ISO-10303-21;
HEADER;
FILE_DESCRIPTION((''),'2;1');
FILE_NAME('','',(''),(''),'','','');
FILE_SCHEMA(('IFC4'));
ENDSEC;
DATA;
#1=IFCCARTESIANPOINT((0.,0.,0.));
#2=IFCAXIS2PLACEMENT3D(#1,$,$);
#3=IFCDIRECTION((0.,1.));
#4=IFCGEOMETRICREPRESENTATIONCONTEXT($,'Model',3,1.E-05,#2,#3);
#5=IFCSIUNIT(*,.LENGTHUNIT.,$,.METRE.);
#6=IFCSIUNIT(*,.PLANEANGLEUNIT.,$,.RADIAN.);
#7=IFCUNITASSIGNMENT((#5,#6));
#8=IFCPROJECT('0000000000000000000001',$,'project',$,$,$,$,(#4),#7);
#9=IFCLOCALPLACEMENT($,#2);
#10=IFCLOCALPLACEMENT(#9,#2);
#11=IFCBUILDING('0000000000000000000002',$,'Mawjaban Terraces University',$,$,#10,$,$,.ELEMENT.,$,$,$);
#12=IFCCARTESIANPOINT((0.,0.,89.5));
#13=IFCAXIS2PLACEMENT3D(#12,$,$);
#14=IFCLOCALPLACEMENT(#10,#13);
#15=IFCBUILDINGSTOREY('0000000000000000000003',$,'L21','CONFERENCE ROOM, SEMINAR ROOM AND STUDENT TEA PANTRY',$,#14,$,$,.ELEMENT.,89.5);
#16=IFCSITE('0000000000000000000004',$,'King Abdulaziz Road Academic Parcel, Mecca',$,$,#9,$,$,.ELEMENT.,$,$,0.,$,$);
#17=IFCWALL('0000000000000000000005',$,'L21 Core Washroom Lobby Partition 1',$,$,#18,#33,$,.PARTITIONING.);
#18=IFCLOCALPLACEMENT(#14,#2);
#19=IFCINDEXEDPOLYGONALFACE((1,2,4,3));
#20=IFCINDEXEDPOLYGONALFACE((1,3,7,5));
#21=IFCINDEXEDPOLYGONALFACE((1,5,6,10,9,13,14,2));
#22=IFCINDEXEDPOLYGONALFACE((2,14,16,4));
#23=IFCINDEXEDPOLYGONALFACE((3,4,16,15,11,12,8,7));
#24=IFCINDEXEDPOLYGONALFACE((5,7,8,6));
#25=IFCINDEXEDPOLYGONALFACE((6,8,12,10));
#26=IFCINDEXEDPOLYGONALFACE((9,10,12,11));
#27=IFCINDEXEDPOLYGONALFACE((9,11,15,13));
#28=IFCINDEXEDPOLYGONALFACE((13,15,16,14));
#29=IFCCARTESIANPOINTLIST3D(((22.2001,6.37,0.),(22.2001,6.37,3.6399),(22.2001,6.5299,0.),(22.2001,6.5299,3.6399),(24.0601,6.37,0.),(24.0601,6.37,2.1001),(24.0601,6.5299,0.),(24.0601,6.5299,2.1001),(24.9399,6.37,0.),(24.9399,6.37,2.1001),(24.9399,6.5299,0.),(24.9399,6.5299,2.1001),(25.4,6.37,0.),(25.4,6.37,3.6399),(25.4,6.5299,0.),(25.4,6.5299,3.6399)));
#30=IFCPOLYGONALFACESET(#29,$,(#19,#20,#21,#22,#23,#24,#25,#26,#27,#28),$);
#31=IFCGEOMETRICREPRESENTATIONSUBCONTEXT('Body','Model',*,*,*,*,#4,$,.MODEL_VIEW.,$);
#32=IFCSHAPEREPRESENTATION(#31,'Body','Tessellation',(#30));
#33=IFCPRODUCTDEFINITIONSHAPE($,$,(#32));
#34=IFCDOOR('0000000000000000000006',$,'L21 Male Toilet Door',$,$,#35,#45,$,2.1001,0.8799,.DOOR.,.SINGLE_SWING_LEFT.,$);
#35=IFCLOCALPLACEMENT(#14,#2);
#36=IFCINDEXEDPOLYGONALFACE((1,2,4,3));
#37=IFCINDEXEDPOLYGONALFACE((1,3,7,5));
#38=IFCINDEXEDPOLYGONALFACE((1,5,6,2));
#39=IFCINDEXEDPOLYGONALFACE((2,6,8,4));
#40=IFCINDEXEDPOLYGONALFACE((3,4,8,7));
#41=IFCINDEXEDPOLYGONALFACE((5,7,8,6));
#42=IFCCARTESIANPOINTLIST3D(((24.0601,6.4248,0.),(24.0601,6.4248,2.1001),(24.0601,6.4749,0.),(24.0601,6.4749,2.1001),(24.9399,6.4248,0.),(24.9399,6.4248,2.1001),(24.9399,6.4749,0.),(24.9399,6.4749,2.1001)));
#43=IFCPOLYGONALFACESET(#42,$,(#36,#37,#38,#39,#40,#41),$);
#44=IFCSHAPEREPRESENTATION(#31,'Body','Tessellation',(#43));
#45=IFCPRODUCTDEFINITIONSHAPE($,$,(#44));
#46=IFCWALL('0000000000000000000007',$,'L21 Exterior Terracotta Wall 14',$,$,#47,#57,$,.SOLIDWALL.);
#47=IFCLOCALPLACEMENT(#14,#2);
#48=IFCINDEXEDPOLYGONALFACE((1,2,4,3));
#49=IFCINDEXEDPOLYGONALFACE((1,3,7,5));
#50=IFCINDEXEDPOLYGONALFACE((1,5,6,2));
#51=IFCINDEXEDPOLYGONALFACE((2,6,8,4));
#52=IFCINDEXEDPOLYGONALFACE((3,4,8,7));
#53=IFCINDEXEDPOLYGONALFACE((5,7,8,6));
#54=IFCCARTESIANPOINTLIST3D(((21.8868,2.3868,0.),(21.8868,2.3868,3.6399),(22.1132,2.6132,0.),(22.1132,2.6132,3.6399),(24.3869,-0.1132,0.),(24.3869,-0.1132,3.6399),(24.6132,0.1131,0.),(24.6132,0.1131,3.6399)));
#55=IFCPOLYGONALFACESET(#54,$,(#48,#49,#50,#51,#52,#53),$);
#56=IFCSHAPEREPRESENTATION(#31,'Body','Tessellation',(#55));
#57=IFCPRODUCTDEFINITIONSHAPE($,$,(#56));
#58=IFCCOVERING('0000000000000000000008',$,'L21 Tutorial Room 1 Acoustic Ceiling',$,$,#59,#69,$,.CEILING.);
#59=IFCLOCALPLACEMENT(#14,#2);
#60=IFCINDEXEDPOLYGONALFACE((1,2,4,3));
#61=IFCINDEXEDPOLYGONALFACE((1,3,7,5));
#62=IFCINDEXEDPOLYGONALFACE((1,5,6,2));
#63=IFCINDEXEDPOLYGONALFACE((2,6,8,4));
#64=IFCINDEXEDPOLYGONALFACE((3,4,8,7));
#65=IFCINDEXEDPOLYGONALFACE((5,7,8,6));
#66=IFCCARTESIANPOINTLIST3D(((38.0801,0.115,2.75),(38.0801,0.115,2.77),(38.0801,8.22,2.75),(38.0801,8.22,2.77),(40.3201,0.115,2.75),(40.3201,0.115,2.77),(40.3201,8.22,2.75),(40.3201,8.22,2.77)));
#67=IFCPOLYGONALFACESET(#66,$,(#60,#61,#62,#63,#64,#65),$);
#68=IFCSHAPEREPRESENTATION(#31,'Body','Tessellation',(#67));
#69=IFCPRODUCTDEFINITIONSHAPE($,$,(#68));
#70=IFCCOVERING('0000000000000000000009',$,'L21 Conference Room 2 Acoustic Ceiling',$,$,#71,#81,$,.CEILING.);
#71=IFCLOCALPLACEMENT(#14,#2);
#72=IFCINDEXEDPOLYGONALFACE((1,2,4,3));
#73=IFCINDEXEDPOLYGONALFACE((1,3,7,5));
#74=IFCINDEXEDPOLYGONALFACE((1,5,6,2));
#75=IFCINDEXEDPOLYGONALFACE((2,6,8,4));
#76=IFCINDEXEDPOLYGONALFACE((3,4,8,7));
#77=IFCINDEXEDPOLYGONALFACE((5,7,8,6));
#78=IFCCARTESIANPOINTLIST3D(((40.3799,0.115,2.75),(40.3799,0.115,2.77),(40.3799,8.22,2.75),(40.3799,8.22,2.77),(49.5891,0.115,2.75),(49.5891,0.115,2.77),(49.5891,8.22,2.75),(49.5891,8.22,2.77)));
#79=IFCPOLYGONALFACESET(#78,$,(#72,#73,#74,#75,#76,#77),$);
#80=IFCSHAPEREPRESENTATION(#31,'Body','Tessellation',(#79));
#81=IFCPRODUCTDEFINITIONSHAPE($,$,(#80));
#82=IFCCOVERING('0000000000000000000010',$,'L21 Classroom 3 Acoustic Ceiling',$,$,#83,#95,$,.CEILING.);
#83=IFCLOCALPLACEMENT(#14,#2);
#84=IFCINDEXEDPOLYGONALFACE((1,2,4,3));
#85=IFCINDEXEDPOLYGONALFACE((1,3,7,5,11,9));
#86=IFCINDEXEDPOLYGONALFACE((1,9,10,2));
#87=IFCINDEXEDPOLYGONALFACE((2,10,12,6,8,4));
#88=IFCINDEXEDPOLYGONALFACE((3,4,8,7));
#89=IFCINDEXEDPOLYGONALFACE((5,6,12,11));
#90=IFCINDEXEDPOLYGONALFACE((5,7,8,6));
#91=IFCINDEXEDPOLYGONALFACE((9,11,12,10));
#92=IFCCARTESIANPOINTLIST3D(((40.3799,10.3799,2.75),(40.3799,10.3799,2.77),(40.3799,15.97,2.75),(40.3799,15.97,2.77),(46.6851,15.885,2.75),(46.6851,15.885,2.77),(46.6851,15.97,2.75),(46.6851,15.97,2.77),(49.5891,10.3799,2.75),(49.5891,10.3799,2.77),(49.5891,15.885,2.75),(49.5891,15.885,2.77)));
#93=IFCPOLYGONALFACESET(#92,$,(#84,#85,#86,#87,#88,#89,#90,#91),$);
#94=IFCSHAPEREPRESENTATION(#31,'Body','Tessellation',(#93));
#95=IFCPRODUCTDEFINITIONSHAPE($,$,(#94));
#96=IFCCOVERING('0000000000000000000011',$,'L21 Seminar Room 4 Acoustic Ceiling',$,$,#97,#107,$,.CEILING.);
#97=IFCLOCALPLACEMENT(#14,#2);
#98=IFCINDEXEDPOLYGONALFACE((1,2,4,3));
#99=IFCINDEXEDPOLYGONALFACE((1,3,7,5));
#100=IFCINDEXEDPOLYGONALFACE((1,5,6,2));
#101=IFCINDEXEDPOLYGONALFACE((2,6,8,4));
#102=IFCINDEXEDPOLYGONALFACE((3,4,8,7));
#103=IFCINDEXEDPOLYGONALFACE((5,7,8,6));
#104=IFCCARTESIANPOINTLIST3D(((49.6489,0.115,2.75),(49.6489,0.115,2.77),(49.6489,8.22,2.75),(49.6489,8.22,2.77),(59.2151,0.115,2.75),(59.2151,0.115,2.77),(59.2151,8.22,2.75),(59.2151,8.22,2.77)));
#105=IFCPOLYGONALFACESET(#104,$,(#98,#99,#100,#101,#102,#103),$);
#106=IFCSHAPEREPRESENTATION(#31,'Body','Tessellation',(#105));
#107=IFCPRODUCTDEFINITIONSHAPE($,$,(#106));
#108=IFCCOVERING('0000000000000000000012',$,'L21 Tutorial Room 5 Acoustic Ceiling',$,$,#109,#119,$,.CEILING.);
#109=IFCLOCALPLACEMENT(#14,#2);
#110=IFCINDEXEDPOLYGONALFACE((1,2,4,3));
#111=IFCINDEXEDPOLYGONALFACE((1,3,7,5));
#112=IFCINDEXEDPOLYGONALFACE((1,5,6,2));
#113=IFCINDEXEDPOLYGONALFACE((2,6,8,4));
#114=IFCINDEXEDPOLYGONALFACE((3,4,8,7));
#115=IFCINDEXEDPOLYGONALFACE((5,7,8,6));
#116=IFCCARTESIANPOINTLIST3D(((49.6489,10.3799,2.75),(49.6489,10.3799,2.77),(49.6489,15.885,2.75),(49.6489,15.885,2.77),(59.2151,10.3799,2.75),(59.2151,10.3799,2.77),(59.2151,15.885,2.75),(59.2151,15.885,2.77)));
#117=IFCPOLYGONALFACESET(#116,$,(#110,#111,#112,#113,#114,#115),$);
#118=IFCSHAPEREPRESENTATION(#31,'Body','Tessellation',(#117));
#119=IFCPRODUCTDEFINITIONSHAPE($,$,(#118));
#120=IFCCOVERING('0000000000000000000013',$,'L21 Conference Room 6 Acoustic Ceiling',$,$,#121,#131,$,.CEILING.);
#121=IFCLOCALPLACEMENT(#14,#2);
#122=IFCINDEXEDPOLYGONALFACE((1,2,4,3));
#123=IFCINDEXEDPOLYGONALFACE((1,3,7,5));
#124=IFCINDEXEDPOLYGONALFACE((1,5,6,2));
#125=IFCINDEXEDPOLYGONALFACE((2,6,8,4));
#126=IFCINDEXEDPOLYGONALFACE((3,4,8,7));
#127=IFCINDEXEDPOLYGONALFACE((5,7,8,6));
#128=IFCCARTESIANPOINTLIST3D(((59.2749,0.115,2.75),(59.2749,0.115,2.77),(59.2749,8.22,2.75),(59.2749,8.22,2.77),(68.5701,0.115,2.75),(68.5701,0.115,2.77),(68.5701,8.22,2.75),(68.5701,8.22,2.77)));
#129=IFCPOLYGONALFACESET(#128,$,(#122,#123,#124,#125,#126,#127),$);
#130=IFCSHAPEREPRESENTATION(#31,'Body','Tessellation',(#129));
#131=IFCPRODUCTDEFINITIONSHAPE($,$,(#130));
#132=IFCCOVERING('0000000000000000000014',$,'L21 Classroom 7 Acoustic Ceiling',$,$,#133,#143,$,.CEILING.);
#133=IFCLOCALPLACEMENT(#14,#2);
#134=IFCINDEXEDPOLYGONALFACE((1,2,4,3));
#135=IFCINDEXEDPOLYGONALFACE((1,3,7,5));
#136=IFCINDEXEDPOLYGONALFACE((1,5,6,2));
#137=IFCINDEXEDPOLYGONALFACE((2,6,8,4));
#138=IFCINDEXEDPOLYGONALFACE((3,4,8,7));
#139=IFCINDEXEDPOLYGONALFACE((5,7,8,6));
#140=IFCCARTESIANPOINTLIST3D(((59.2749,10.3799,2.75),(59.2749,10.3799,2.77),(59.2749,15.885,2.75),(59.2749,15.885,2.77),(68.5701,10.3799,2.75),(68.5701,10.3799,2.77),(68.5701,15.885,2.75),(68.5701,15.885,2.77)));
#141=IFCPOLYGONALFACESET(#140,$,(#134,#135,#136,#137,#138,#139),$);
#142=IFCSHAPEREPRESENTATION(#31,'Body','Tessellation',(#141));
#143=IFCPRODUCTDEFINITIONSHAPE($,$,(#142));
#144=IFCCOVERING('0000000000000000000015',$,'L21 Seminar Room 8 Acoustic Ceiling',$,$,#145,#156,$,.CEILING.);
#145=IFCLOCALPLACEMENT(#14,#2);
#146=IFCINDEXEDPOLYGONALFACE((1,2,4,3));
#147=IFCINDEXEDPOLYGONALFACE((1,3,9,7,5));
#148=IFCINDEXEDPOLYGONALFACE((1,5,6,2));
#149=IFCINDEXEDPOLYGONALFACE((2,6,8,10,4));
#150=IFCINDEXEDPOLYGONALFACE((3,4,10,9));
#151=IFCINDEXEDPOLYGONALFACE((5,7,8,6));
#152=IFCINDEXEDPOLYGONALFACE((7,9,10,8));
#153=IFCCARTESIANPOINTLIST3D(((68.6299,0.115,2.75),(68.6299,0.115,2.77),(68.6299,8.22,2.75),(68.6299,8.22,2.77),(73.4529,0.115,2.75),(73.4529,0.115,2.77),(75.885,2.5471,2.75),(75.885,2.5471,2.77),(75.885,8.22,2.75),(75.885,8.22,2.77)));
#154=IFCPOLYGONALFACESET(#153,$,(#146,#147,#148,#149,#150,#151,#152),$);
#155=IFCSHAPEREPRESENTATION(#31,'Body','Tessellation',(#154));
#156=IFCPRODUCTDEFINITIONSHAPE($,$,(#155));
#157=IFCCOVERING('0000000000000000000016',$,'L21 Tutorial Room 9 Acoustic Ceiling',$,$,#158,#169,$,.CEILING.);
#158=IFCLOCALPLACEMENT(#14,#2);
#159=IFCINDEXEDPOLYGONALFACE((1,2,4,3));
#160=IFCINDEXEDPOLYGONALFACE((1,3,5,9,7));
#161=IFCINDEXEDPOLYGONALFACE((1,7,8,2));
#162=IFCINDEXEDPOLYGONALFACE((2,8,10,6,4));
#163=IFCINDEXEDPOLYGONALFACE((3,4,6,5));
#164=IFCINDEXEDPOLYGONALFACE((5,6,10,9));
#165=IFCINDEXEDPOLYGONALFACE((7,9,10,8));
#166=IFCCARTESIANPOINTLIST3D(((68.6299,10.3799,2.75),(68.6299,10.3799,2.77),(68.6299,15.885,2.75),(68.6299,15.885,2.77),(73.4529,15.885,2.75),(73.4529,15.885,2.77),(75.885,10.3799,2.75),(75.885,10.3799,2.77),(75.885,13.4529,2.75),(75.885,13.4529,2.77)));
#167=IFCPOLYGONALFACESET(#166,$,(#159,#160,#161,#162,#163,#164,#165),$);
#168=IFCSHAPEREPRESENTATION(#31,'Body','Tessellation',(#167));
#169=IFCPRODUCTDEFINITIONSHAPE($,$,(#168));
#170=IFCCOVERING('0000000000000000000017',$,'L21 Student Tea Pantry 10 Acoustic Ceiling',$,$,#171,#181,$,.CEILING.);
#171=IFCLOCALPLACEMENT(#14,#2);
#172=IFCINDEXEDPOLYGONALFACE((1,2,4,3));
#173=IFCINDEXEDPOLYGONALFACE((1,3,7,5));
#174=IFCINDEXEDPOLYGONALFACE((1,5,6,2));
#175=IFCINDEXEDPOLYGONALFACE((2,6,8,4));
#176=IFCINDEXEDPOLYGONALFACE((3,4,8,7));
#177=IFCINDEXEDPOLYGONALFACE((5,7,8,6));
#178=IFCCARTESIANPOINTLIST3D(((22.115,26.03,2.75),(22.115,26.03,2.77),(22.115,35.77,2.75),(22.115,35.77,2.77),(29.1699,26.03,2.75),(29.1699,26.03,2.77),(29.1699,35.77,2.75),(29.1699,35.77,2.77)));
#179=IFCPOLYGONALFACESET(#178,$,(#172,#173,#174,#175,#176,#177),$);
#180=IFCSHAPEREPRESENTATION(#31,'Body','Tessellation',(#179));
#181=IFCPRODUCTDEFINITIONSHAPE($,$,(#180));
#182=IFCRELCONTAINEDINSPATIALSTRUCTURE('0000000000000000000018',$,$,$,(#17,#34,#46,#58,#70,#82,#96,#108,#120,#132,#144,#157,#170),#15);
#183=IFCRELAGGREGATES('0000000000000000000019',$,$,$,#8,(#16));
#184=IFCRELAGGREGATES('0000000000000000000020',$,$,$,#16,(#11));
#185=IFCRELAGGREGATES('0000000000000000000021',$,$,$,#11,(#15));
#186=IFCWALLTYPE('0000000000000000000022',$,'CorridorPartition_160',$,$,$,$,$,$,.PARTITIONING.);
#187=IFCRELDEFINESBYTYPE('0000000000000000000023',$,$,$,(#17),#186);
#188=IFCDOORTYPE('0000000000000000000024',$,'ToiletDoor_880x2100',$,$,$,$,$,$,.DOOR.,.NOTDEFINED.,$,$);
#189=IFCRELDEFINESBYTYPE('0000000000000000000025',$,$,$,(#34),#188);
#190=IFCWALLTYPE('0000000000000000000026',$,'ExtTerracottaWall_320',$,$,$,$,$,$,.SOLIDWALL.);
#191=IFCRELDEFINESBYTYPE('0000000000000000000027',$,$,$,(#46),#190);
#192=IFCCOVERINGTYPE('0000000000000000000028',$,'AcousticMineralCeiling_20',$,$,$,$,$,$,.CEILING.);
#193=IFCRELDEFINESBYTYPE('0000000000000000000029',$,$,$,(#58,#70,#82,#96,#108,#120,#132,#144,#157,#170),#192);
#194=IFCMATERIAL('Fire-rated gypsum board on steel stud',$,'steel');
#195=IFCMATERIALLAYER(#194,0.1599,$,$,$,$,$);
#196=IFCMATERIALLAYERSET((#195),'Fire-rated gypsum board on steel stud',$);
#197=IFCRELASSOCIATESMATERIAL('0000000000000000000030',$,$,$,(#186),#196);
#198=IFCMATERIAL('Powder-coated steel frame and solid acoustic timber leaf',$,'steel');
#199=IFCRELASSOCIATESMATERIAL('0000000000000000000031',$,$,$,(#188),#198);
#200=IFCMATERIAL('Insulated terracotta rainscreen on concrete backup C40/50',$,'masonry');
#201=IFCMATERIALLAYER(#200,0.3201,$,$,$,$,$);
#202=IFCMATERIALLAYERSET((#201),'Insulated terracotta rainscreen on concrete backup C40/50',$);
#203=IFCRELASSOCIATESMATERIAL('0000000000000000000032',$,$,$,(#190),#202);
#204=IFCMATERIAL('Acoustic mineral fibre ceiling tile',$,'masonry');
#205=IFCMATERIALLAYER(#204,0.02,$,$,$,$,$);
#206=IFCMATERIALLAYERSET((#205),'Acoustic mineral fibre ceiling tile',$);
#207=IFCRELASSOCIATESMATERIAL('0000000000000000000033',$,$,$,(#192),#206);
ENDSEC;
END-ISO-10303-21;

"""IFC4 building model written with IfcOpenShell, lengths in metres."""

from ifc_helpers import new_model, si_unit, direction, frame, frame_2d, origin, place, context, subcontext, project, spatial, polyline, rectangle, outline, extrude, material, layer, layer_set, type_object, element, fill, save


model = new_model("IFC4")

# Units and contexts
model_context = context("Model", 3, precision=1e-05, world=origin(), true_north=direction((0.0, 1.0)))
body_context = subcontext(model_context, "Body", "Model", "MODEL_VIEW")
ifc_project = project(units=[si_unit("LENGTHUNIT", "METRE"), si_unit("PLANEANGLEUNIT", "RADIAN")], contexts=[model_context])

# Site, building, storey
site_placement = place(None, origin())
site = spatial("IfcSite", under=ifc_project, at=site_placement, Name="King Abdulaziz Road Academic Parcel, Mecca", CompositionType="ELEMENT", RefElevation=0.0)
building_placement = place(site_placement, origin())
building = spatial("IfcBuilding", under=site, at=building_placement, Name="Mawjaban Terraces University", CompositionType="ELEMENT")
storey_placement = place(building_placement, frame((0.0, 0.0, 89.5)))
storey = spatial("IfcBuildingStorey", under=building, at=storey_placement, Name="L21", Description="CONFERENCE ROOM, SEMINAR ROOM AND STUDENT TEA PANTRY", CompositionType="ELEMENT", Elevation=89.5)

# Wall, opening, door
ifc_material_1 = material(Name="Fire-rated gypsum board on steel stud", Category="steel")
ifc_layer_1 = layer(ifc_material_1, 0.1599)
ifc_layer_set_1 = layer_set([ifc_layer_1], Name="Fire-rated gypsum board on steel stud")
wall_type_1 = type_object("IfcWallType", Name="CorridorPartition_160", PredefinedType="PARTITIONING", material=ifc_layer_set_1)
wall_1_placement = place(storey_placement, frame((22.2, 6.45, 0.0), z_axis=(0.0, 0.0, 1.0), x_axis=(1.0, 0.0, 0.0)))
wall_1 = element("IfcWall", 1, at=wall_1_placement, inside=storey, type_object=wall_type_1, Name="L21 Core Washroom Lobby Partition 1", PredefinedType="PARTITIONING", context=body_context, shape_type="SweptSolid", body=[
    extrude(rectangle(XDim=3.2, YDim=0.1599, at=frame_2d((1.6001, 0.0))), origin(), (0.0, 0.0, 1.0), 3.6399),
])
opening_placement = place(wall_1_placement, frame((1.8601, 0.0, 0.0)))
opening = element("IfcOpeningElement", 2, at=opening_placement, cuts=wall_1, PredefinedType="OPENING", context=body_context, shape_type="SweptSolid", body=[
    extrude(rectangle(XDim=0.8799, YDim=2.1001, at=frame_2d((0.4399, 1.05))), frame((0.0, 0.0898, 0.0), z_axis=(0.0, -1.0, 0.0), x_axis=(1.0, 0.0, 0.0)), (0.0, 0.0, 1.0), 0.1799),
])
ifc_material_2 = material(Name="Powder-coated steel frame and solid acoustic timber leaf", Category="steel")
door_type = type_object("IfcDoorType", Name="ToiletDoor_880x2100", OperationType="NOTDEFINED", PredefinedType="DOOR", material=ifc_material_2)
door_placement = place(opening_placement, origin())
door = element("IfcDoor", 3, at=door_placement, inside=storey, type_object=door_type, Name="L21 Male Toilet Door", OperationType="SINGLE_SWING_LEFT", OverallHeight=2.1001, OverallWidth=0.8799, PredefinedType="DOOR", context=body_context, shape_type="SweptSolid", body=[
    extrude(rectangle(XDim=0.8799, YDim=2.1001, at=frame_2d((0.4399, 1.05))), frame((0.0, 0.0249, 0.0), z_axis=(0.0, -1.0, 0.0), x_axis=(1.0, 0.0, 0.0)), (0.0, 0.0, 1.0), 0.05),
])
fill(opening, door)

# Wall
ifc_material_3 = material(Name="Insulated terracotta rainscreen on concrete backup C40/50", Category="masonry")
ifc_layer_2 = layer(ifc_material_3, 0.3201)
ifc_layer_set_2 = layer_set([ifc_layer_2], Name="Insulated terracotta rainscreen on concrete backup C40/50")
wall_type_2 = type_object("IfcWallType", Name="ExtTerracottaWall_320", PredefinedType="SOLIDWALL", material=ifc_layer_set_2)
wall_2_placement = place(storey_placement, frame((22.0, 2.5, 0.0), z_axis=(0.0, 0.0, 1.0), x_axis=(0.707107, -0.707107, 0.0)))
element("IfcWall", 4, at=wall_2_placement, inside=storey, type_object=wall_type_2, Name="L21 Exterior Terracotta Wall 14", PredefinedType="SOLIDWALL", context=body_context, shape_type="SweptSolid", body=[
    extrude(rectangle(XDim=3.5356, YDim=0.3201, at=frame_2d((1.7678, 0.0))), origin(), (0.0, 0.0, 1.0), 3.6399),
])

# Coverings
ifc_material_4 = material(Name="Acoustic mineral fibre ceiling tile", Category="masonry")
ifc_layer_3 = layer(ifc_material_4, 0.02)
ifc_layer_set_3 = layer_set([ifc_layer_3], Name="Acoustic mineral fibre ceiling tile")
covering_type_1 = type_object("IfcCoveringType", Name="AcousticMineralCeiling_20", PredefinedType="CEILING", material=ifc_layer_set_3)
covering_1_placement = place(storey_placement, frame((0.0, 0.0, 2.75)))
element("IfcCovering", 5, at=covering_1_placement, inside=storey, type_object=covering_type_1, Name="L21 Tutorial Room 1 Acoustic Ceiling", PredefinedType="CEILING", context=body_context, shape_type="SweptSolid", body=[
    extrude(outline(polyline([(38.0801, 0.115), (40.3201, 0.115), (40.3201, 8.22), (38.0801, 8.22), (38.0801, 0.115)])), origin(), (0.0, 0.0, 1.0), 0.02),
])
covering_2_placement = place(storey_placement, frame((0.0, 0.0, 2.75)))
element("IfcCovering", 6, at=covering_2_placement, inside=storey, type_object=covering_type_1, Name="L21 Conference Room 2 Acoustic Ceiling", PredefinedType="CEILING", context=body_context, shape_type="SweptSolid", body=[
    extrude(outline(polyline([(40.3799, 0.115), (49.5891, 0.115), (49.5891, 8.22), (40.3799, 8.22), (40.3799, 0.115)])), origin(), (0.0, 0.0, 1.0), 0.02),
])
covering_3_placement = place(storey_placement, frame((0.0, 0.0, 2.75)))
element("IfcCovering", 7, at=covering_3_placement, inside=storey, type_object=covering_type_1, Name="L21 Classroom 3 Acoustic Ceiling", PredefinedType="CEILING", context=body_context, shape_type="SweptSolid", body=[
    extrude(outline(polyline([(49.5891, 15.885), (46.6851, 15.885), (46.6851, 15.97), (40.3799, 15.97), (40.3799, 10.3799), (49.5891, 10.3799), (49.5891, 15.885)])), origin(), (0.0, 0.0, 1.0), 0.02),
])
covering_4_placement = place(storey_placement, frame((0.0, 0.0, 2.75)))
element("IfcCovering", 8, at=covering_4_placement, inside=storey, type_object=covering_type_1, Name="L21 Seminar Room 4 Acoustic Ceiling", PredefinedType="CEILING", context=body_context, shape_type="SweptSolid", body=[
    extrude(outline(polyline([(49.6489, 0.115), (59.2151, 0.115), (59.2151, 8.22), (49.6489, 8.22), (49.6489, 0.115)])), origin(), (0.0, 0.0, 1.0), 0.02),
])
covering_5_placement = place(storey_placement, frame((0.0, 0.0, 2.75)))
element("IfcCovering", 9, at=covering_5_placement, inside=storey, type_object=covering_type_1, Name="L21 Tutorial Room 5 Acoustic Ceiling", PredefinedType="CEILING", context=body_context, shape_type="SweptSolid", body=[
    extrude(outline(polyline([(59.2151, 15.885), (49.6489, 15.885), (49.6489, 10.3799), (59.2151, 10.3799), (59.2151, 15.885)])), origin(), (0.0, 0.0, 1.0), 0.02),
])
covering_6_placement = place(storey_placement, frame((0.0, 0.0, 2.75)))
element("IfcCovering", 10, at=covering_6_placement, inside=storey, type_object=covering_type_1, Name="L21 Conference Room 6 Acoustic Ceiling", PredefinedType="CEILING", context=body_context, shape_type="SweptSolid", body=[
    extrude(outline(polyline([(59.2749, 0.115), (68.5701, 0.115), (68.5701, 8.22), (59.2749, 8.22), (59.2749, 0.115)])), origin(), (0.0, 0.0, 1.0), 0.02),
])
covering_7_placement = place(storey_placement, frame((0.0, 0.0, 2.75)))
element("IfcCovering", 11, at=covering_7_placement, inside=storey, type_object=covering_type_1, Name="L21 Classroom 7 Acoustic Ceiling", PredefinedType="CEILING", context=body_context, shape_type="SweptSolid", body=[
    extrude(outline(polyline([(68.5701, 15.885), (59.2749, 15.885), (59.2749, 10.3799), (68.5701, 10.3799), (68.5701, 15.885)])), origin(), (0.0, 0.0, 1.0), 0.02),
])
covering_8_placement = place(storey_placement, frame((0.0, 0.0, 2.75)))
element("IfcCovering", 12, at=covering_8_placement, inside=storey, type_object=covering_type_1, Name="L21 Seminar Room 8 Acoustic Ceiling", PredefinedType="CEILING", context=body_context, shape_type="SweptSolid", body=[
    extrude(outline(polyline([(68.6299, 0.115), (73.4529, 0.115), (75.885, 2.5471), (75.885, 8.22), (68.6299, 8.22), (68.6299, 0.115)])), origin(), (0.0, 0.0, 1.0), 0.02),
])
covering_9_placement = place(storey_placement, frame((0.0, 0.0, 2.75)))
element("IfcCovering", 13, at=covering_9_placement, inside=storey, type_object=covering_type_1, Name="L21 Tutorial Room 9 Acoustic Ceiling", PredefinedType="CEILING", context=body_context, shape_type="SweptSolid", body=[
    extrude(outline(polyline([(75.885, 10.3799), (75.885, 13.4529), (73.4529, 15.885), (68.6299, 15.885), (68.6299, 10.3799), (75.885, 10.3799)])), origin(), (0.0, 0.0, 1.0), 0.02),
])
covering_10_placement = place(storey_placement, frame((0.0, 0.0, 2.75)))
element("IfcCovering", 14, at=covering_10_placement, inside=storey, type_object=covering_type_1, Name="L21 Student Tea Pantry 10 Acoustic Ceiling", PredefinedType="CEILING", context=body_context, shape_type="SweptSolid", body=[
    extrude(outline(polyline([(22.115, 35.77), (22.115, 26.03), (29.1699, 26.03), (29.1699, 35.77), (22.115, 35.77)])), origin(), (0.0, 0.0, 1.0), 0.02),
])

save(model, "model.ifc")
